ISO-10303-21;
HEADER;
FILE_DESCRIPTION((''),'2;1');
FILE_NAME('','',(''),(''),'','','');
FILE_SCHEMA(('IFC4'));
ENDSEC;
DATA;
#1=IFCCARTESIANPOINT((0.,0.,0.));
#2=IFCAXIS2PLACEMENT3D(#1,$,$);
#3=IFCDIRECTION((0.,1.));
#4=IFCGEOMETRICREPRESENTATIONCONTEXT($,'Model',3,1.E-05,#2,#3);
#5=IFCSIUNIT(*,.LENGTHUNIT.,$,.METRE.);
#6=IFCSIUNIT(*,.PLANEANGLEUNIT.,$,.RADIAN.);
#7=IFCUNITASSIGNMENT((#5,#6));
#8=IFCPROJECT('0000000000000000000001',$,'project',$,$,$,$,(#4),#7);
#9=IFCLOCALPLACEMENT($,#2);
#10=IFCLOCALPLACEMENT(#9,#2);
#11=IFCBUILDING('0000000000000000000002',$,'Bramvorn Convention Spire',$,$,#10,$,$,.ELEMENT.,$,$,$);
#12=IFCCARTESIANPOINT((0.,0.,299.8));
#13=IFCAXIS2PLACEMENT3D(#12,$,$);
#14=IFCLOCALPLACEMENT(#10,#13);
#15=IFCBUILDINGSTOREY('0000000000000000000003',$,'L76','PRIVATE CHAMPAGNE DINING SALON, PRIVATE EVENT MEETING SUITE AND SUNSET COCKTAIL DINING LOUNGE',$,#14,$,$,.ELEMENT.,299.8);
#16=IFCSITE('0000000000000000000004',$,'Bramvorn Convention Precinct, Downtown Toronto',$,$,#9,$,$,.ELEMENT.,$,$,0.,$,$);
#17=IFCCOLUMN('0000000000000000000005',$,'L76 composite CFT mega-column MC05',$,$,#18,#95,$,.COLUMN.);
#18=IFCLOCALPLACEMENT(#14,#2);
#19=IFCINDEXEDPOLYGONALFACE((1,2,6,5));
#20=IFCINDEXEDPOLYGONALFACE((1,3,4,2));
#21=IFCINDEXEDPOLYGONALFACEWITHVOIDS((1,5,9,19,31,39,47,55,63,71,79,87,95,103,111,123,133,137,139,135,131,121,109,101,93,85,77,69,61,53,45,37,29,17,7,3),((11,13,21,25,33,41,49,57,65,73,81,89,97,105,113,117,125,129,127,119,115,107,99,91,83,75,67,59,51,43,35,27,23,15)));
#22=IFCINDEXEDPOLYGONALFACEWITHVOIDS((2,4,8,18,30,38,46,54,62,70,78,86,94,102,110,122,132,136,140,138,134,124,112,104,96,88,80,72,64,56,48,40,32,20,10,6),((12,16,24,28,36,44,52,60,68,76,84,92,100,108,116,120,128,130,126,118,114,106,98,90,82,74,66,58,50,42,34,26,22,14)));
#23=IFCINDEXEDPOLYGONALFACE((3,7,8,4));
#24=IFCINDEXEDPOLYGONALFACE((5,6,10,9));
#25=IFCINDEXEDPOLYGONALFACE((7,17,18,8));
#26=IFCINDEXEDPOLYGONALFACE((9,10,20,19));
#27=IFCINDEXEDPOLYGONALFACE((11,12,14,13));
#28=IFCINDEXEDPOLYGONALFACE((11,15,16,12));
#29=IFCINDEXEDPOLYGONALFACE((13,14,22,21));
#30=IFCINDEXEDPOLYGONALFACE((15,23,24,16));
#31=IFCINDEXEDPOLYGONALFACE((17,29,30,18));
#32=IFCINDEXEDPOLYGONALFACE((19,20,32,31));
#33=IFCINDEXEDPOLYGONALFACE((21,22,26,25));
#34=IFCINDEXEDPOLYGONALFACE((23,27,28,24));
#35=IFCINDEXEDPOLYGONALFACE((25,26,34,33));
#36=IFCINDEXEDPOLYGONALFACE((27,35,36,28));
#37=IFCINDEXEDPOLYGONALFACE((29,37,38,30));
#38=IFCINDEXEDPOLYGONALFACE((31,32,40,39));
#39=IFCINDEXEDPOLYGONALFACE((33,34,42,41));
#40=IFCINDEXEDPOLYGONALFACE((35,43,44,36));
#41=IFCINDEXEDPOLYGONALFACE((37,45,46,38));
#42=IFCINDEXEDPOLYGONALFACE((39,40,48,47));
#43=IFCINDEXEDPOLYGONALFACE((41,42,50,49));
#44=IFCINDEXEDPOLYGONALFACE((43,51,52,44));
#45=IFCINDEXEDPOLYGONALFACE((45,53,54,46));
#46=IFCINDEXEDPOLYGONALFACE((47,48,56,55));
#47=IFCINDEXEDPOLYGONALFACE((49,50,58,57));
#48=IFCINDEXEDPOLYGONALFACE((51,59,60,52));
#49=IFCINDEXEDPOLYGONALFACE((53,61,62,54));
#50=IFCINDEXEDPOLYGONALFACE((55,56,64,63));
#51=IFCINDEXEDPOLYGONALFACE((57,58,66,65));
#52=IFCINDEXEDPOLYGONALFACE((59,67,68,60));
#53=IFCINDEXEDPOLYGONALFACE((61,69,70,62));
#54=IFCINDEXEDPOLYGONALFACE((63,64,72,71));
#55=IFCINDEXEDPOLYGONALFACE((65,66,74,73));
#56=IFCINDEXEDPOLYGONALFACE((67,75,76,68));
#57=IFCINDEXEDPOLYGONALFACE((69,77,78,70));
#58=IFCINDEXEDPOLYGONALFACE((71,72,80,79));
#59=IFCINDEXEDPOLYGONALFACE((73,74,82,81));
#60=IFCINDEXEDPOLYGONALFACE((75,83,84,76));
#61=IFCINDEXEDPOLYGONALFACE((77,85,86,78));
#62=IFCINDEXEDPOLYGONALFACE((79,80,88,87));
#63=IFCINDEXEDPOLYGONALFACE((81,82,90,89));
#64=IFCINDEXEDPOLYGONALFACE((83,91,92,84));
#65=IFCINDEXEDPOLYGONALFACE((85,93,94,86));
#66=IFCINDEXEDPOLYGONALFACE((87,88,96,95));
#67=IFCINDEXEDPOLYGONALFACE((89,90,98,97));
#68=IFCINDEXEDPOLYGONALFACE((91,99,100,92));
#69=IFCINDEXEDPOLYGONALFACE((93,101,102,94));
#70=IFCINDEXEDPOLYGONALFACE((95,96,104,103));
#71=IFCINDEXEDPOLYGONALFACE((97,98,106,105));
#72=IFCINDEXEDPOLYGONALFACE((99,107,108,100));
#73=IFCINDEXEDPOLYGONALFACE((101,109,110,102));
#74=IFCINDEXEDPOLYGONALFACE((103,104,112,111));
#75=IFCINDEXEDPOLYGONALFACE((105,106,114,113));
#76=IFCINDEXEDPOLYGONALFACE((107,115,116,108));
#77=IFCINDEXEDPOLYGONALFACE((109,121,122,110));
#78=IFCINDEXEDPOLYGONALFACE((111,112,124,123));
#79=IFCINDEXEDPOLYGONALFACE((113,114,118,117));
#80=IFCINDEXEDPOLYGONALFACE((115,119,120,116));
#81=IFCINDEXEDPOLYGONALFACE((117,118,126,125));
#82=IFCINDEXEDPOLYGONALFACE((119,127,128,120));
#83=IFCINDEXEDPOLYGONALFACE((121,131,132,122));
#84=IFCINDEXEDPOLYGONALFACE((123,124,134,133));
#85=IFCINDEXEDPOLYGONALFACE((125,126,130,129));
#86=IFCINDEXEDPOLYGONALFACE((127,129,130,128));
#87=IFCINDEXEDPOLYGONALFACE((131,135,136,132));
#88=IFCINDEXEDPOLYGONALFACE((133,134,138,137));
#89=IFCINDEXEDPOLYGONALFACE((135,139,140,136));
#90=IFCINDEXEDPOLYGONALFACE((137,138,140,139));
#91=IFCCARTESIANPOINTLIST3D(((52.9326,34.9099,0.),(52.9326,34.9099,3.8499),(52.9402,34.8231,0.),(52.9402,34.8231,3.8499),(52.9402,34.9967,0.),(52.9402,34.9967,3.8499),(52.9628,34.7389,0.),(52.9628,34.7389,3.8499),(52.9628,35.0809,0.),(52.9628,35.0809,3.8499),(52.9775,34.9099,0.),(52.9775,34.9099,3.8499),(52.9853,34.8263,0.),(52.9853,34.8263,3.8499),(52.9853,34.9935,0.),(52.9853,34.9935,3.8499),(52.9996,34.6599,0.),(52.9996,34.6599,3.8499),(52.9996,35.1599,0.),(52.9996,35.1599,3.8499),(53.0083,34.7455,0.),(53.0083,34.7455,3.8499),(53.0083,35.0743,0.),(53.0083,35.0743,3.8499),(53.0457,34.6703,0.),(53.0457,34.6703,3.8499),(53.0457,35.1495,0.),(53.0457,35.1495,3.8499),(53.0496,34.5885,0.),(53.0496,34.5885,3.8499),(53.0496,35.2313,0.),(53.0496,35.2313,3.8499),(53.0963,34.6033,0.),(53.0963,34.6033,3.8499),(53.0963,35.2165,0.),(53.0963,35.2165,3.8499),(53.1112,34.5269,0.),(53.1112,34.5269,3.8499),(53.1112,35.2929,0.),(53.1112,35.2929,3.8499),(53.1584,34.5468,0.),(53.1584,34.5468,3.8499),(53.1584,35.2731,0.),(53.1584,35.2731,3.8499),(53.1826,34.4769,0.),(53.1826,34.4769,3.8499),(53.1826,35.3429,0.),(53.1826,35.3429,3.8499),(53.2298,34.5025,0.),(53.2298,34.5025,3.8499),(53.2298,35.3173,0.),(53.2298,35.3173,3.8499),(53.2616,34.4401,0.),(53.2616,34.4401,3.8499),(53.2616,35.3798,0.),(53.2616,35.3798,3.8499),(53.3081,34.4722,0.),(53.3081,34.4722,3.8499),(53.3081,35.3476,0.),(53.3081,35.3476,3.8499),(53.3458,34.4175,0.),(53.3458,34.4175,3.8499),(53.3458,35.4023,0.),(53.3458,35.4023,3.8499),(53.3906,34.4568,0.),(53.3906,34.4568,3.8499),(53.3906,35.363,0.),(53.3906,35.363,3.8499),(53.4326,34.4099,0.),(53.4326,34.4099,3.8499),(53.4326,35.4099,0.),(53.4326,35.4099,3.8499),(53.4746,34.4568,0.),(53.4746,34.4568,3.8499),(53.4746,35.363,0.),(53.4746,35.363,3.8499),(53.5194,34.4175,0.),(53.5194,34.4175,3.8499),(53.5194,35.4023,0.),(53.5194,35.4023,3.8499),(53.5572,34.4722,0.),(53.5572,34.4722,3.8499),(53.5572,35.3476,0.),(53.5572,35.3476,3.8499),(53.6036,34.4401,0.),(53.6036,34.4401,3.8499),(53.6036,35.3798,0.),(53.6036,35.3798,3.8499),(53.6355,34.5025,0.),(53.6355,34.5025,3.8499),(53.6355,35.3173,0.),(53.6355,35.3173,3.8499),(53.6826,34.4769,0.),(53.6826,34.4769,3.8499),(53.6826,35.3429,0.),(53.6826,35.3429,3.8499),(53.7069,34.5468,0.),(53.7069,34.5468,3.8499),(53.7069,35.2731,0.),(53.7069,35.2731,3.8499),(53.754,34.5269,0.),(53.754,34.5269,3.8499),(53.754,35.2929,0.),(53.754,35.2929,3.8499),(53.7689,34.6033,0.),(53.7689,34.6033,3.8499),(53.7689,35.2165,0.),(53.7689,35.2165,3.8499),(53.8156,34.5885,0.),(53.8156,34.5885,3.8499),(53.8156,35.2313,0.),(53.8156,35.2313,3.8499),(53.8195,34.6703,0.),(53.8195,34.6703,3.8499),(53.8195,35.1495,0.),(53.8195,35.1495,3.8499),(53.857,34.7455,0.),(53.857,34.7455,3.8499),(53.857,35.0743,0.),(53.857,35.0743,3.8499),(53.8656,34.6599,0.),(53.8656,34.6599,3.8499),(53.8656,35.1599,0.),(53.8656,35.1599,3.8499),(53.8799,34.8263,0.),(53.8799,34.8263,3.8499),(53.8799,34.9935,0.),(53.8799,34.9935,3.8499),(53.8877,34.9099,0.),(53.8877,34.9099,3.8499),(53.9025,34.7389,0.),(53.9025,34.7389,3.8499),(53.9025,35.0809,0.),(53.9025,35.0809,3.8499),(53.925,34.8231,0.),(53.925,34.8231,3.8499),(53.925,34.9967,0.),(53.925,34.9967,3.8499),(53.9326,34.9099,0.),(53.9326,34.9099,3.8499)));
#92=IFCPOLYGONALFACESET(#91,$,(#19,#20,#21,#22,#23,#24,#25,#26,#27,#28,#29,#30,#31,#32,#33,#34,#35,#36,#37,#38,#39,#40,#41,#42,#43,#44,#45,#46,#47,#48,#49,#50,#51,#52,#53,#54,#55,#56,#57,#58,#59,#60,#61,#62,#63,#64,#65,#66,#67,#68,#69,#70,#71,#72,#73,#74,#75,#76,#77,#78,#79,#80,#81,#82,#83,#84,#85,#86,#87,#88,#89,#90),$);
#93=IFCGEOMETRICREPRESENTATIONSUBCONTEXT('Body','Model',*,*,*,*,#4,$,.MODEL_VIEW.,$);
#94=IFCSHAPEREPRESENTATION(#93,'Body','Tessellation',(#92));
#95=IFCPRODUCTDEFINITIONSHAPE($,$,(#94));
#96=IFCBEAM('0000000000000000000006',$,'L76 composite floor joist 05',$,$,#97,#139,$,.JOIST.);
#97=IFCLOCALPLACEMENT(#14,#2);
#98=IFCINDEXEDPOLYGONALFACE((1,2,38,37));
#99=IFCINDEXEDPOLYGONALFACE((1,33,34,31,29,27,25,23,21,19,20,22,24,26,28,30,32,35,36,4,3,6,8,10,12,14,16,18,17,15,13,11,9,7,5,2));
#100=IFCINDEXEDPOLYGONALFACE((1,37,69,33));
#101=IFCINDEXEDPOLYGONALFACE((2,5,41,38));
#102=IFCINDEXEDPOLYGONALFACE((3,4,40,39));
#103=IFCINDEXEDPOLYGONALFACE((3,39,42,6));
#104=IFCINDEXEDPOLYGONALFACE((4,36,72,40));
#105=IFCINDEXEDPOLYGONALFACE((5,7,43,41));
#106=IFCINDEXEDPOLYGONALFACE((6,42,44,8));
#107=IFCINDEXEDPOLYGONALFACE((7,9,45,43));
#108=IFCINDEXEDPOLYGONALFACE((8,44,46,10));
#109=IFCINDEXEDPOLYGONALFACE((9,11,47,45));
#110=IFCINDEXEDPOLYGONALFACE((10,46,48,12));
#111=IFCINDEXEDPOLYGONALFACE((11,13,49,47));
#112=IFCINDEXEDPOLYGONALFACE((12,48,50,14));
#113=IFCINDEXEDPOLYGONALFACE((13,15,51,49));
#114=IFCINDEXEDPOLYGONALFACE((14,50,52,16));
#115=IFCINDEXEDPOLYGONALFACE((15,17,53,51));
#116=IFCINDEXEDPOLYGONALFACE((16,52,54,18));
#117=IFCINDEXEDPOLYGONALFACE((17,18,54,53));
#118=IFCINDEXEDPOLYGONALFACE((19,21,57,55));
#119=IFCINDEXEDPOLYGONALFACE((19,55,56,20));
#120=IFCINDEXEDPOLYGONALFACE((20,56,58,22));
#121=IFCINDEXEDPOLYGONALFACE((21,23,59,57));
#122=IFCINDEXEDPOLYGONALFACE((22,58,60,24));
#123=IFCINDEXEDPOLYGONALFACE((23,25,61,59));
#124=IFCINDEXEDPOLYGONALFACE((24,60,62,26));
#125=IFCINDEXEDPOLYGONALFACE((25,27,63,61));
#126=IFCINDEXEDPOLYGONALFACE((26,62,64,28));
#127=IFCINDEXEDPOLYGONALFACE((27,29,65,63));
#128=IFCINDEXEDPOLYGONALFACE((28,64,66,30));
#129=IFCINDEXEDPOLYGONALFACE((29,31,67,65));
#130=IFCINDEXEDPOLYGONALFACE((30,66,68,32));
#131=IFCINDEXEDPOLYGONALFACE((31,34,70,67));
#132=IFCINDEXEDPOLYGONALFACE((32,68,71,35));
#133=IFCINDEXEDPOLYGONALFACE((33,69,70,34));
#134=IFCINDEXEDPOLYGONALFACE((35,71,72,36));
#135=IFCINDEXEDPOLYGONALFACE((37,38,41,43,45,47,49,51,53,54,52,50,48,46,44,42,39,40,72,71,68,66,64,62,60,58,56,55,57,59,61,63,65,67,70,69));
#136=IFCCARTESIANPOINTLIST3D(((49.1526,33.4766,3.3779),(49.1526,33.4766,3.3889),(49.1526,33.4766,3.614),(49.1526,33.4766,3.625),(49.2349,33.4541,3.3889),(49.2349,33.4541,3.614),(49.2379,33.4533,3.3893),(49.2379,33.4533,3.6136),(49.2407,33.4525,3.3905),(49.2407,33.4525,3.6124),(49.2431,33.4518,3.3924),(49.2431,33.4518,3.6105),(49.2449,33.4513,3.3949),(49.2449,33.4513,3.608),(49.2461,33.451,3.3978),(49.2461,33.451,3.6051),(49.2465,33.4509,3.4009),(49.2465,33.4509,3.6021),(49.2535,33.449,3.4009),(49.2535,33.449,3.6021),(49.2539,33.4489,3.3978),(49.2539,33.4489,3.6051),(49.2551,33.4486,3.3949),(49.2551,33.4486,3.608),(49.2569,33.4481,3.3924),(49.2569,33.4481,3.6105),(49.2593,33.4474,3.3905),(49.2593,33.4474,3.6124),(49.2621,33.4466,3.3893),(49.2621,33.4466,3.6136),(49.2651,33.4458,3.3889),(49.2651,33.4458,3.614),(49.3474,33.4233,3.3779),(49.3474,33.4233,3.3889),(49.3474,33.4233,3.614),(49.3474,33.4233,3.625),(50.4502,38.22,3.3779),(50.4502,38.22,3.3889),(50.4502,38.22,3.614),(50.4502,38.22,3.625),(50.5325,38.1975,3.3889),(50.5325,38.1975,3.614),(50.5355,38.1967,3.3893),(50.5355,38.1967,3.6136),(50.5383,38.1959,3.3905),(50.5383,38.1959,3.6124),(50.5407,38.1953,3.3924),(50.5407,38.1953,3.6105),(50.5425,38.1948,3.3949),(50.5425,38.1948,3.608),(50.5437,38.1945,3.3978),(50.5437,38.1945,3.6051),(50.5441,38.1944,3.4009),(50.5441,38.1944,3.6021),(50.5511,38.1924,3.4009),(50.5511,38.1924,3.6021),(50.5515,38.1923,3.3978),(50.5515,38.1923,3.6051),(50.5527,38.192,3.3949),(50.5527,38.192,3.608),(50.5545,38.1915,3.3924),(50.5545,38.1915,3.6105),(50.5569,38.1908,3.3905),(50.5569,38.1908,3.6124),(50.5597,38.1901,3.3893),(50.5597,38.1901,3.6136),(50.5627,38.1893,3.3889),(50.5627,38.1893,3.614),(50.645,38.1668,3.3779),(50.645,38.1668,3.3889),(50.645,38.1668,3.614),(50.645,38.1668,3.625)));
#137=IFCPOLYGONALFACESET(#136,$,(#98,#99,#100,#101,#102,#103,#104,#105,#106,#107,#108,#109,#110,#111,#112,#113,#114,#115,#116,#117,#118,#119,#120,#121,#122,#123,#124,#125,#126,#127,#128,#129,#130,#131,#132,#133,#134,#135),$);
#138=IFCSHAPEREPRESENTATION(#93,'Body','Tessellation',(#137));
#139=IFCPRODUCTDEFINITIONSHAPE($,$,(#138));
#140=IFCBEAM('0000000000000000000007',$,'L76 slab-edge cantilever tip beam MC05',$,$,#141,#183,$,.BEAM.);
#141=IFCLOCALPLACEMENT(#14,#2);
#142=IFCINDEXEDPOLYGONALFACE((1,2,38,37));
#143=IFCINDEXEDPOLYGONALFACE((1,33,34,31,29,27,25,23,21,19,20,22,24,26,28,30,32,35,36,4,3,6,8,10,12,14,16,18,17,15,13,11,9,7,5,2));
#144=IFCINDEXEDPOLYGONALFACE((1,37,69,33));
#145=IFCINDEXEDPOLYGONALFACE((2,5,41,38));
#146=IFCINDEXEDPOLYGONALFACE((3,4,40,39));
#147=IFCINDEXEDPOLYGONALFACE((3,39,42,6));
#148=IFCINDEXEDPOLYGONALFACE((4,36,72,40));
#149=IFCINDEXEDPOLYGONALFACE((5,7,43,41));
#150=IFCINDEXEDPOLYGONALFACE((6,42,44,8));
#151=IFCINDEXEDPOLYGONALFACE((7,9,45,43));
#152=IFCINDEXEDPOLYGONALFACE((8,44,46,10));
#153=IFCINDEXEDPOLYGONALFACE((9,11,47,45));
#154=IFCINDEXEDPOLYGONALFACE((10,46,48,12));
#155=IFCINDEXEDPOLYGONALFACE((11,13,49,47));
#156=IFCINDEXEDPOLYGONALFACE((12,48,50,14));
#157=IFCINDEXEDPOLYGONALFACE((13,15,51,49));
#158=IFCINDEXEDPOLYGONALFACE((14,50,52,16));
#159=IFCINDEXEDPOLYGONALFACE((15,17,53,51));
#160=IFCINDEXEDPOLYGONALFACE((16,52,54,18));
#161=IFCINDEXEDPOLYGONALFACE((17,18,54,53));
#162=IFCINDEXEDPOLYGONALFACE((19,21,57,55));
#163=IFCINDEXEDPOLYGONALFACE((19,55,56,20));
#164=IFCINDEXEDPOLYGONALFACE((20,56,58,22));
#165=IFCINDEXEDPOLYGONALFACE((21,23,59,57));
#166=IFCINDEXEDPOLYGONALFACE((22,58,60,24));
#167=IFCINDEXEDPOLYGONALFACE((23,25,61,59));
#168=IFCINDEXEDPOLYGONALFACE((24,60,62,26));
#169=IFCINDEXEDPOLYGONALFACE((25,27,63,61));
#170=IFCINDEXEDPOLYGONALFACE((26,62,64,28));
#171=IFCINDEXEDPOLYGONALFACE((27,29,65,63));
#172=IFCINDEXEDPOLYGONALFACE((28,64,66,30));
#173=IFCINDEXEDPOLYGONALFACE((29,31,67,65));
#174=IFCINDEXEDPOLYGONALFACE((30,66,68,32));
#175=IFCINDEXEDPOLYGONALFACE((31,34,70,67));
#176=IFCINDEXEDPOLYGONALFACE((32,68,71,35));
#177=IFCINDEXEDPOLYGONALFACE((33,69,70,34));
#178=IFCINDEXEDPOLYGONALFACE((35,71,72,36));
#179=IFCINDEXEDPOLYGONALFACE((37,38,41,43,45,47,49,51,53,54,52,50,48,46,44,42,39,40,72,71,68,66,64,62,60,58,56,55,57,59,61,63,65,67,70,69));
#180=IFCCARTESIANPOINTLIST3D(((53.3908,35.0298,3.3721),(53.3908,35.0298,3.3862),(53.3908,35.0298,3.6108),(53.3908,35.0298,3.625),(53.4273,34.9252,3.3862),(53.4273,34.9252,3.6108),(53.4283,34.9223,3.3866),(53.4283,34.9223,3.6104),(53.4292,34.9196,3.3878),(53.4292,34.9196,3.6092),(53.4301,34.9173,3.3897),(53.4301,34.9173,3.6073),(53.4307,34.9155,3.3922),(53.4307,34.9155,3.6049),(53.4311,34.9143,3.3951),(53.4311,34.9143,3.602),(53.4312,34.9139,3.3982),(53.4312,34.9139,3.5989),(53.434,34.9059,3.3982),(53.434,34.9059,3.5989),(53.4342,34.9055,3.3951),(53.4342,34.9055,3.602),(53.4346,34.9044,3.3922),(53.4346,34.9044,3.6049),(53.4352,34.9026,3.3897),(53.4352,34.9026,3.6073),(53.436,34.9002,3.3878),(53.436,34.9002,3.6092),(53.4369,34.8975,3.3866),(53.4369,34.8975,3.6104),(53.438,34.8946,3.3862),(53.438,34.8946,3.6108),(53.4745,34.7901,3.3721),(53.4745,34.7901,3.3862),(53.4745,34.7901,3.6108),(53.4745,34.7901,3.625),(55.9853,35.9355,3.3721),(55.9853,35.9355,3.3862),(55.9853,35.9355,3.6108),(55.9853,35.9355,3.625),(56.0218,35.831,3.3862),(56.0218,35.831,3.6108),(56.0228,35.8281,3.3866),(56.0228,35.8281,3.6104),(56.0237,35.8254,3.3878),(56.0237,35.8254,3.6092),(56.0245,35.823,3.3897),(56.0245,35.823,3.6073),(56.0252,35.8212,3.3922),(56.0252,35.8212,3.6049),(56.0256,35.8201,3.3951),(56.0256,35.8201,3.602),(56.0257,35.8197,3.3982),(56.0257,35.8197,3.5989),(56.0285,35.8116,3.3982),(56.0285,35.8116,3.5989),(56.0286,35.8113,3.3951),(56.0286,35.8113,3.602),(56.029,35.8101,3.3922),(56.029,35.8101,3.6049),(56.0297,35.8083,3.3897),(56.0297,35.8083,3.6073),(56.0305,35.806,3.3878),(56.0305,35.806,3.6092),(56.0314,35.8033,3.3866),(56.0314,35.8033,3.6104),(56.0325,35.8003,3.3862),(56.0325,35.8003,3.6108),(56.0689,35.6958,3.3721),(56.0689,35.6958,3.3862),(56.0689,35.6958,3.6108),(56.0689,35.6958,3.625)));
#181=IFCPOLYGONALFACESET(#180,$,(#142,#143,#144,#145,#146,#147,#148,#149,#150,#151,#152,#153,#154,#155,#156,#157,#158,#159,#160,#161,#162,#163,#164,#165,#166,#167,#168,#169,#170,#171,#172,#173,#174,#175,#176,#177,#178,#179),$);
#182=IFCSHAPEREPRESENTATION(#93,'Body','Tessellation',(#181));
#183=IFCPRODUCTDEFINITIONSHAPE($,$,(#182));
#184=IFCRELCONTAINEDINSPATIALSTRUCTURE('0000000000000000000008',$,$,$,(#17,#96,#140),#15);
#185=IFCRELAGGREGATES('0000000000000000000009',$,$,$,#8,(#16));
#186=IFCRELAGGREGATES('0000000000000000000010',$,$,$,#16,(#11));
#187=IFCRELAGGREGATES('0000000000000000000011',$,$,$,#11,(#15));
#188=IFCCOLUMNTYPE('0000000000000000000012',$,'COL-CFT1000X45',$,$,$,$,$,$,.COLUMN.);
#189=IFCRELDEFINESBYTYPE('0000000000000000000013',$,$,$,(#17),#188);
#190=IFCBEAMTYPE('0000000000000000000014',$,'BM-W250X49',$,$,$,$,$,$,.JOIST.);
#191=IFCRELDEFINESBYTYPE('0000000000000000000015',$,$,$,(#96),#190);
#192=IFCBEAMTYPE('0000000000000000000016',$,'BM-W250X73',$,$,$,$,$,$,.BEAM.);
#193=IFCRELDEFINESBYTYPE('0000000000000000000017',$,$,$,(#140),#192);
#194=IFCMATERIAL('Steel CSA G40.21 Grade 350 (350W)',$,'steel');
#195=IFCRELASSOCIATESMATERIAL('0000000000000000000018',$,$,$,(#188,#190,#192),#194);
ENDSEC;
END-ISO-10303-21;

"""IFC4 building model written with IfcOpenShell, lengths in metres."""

from ifc_helpers import new_model, si_unit, direction, frame, origin, origin_2d, place, context, subcontext, project, spatial, hollow_circle, i_section, extrude, material, material_profile, profile_set, type_object, element, save


model = new_model("IFC4")

# Units and contexts
model_context = context("Model", 3, precision=1e-05, world=origin(), true_north=direction((0.0, 1.0)))
body_context = subcontext(model_context, "Body", "Model", "MODEL_VIEW")
ifc_project = project(units=[si_unit("LENGTHUNIT", "METRE"), si_unit("PLANEANGLEUNIT", "RADIAN")], contexts=[model_context])

# Site, building, storey
site_placement = place(None, origin())
site = spatial("IfcSite", under=ifc_project, at=site_placement, Name="Bramvorn Convention Precinct, Downtown Toronto", CompositionType="ELEMENT", RefElevation=0.0)
building_placement = place(site_placement, origin())
building = spatial("IfcBuilding", under=site, at=building_placement, Name="Bramvorn Convention Spire", CompositionType="ELEMENT")
storey_placement = place(building_placement, frame((0.0, 0.0, 299.8)))
storey = spatial("IfcBuildingStorey", under=building, at=storey_placement, Name="L76", Description="PRIVATE CHAMPAGNE DINING SALON, PRIVATE EVENT MEETING SUITE AND SUNSET COCKTAIL DINING LOUNGE", CompositionType="ELEMENT", Elevation=299.8)

# Column
ifc_material_1 = material(Name="Steel CSA G40.21 Grade 350 (350W)", Category="steel")
ifc_material_profile_1 = material_profile(ifc_material_1, hollow_circle(Radius=0.5, WallThickness=0.0449, at=origin_2d()))
ifc_profile_set_1 = profile_set([ifc_material_profile_1], Name="Steel CSA G40.21 Grade 350 (350W) - CFT1000X45")
column_type = type_object("IfcColumnType", Name="COL-CFT1000X45", PredefinedType="COLUMN", material=ifc_profile_set_1)
column_placement = place(storey_placement, frame((53.4326, 34.9099, 0.0), z_axis=(0.0, 0.0, 1.0), x_axis=(1.0, 0.0, 0.0)))
element("IfcColumn", 1, at=column_placement, inside=storey, type_object=column_type, Name="L76 composite CFT mega-column MC05", PredefinedType="COLUMN", context=body_context, shape_type="SweptSolid", body=[
    extrude(hollow_circle(Radius=0.5, WallThickness=0.0449, at=origin_2d()), origin(), (0.0, 0.0, 1.0), 3.8499),
])

# Beams
ifc_material_profile_2 = material_profile(ifc_material_1, i_section(OverallWidth=0.2019, OverallDepth=0.2471, WebThickness=0.0073, FlangeThickness=0.011, FilletRadius=0.012, at=origin_2d()))
ifc_profile_set_2 = profile_set([ifc_material_profile_2], Name="Steel CSA G40.21 Grade 350 (350W) - W250X49")
beam_type_1 = type_object("IfcBeamType", Name="BM-W250X49", PredefinedType="JOIST", material=ifc_profile_set_2)
beam_1_placement = place(storey_placement, frame((49.25, 33.45, 3.5015), z_axis=(0.263865, 0.96456, 0.0), x_axis=(-0.96456, 0.263865, 0.0)))
element("IfcBeam", 2, at=beam_1_placement, inside=storey, type_object=beam_type_1, Name="L76 composite floor joist 05", PredefinedType="JOIST", context=body_context, shape_type="SweptSolid", body=[
    extrude(i_section(OverallWidth=0.2019, OverallDepth=0.2471, WebThickness=0.0073, FlangeThickness=0.011, FilletRadius=0.012, at=origin_2d()), origin(), (0.0, 0.0, 1.0), 4.9177),
])
ifc_material_profile_3 = material_profile(ifc_material_1, i_section(OverallWidth=0.2539, OverallDepth=0.2529, WebThickness=0.0085, FlangeThickness=0.0142, FilletRadius=0.012, at=origin_2d()))
ifc_profile_set_3 = profile_set([ifc_material_profile_3], Name="Steel CSA G40.21 Grade 350 (350W) - W250X73")
beam_type_2 = type_object("IfcBeamType", Name="BM-W250X73", PredefinedType="BEAM", material=ifc_profile_set_3)
beam_2_placement = place(storey_placement, frame((53.4326, 34.9099, 3.4985), z_axis=(0.94412, 0.329602, 0.0), x_axis=(-0.329602, 0.94412, 0.0)))
element("IfcBeam", 3, at=beam_2_placement, inside=storey, type_object=beam_type_2, Name="L76 slab-edge cantilever tip beam MC05", PredefinedType="BEAM", context=body_context, shape_type="SweptSolid", body=[
    extrude(i_section(OverallWidth=0.2539, OverallDepth=0.2529, WebThickness=0.0085, FlangeThickness=0.0142, FilletRadius=0.012, at=origin_2d()), origin(), (0.0, 0.0, 1.0), 2.748),
])

save(model, "model.ifc")
